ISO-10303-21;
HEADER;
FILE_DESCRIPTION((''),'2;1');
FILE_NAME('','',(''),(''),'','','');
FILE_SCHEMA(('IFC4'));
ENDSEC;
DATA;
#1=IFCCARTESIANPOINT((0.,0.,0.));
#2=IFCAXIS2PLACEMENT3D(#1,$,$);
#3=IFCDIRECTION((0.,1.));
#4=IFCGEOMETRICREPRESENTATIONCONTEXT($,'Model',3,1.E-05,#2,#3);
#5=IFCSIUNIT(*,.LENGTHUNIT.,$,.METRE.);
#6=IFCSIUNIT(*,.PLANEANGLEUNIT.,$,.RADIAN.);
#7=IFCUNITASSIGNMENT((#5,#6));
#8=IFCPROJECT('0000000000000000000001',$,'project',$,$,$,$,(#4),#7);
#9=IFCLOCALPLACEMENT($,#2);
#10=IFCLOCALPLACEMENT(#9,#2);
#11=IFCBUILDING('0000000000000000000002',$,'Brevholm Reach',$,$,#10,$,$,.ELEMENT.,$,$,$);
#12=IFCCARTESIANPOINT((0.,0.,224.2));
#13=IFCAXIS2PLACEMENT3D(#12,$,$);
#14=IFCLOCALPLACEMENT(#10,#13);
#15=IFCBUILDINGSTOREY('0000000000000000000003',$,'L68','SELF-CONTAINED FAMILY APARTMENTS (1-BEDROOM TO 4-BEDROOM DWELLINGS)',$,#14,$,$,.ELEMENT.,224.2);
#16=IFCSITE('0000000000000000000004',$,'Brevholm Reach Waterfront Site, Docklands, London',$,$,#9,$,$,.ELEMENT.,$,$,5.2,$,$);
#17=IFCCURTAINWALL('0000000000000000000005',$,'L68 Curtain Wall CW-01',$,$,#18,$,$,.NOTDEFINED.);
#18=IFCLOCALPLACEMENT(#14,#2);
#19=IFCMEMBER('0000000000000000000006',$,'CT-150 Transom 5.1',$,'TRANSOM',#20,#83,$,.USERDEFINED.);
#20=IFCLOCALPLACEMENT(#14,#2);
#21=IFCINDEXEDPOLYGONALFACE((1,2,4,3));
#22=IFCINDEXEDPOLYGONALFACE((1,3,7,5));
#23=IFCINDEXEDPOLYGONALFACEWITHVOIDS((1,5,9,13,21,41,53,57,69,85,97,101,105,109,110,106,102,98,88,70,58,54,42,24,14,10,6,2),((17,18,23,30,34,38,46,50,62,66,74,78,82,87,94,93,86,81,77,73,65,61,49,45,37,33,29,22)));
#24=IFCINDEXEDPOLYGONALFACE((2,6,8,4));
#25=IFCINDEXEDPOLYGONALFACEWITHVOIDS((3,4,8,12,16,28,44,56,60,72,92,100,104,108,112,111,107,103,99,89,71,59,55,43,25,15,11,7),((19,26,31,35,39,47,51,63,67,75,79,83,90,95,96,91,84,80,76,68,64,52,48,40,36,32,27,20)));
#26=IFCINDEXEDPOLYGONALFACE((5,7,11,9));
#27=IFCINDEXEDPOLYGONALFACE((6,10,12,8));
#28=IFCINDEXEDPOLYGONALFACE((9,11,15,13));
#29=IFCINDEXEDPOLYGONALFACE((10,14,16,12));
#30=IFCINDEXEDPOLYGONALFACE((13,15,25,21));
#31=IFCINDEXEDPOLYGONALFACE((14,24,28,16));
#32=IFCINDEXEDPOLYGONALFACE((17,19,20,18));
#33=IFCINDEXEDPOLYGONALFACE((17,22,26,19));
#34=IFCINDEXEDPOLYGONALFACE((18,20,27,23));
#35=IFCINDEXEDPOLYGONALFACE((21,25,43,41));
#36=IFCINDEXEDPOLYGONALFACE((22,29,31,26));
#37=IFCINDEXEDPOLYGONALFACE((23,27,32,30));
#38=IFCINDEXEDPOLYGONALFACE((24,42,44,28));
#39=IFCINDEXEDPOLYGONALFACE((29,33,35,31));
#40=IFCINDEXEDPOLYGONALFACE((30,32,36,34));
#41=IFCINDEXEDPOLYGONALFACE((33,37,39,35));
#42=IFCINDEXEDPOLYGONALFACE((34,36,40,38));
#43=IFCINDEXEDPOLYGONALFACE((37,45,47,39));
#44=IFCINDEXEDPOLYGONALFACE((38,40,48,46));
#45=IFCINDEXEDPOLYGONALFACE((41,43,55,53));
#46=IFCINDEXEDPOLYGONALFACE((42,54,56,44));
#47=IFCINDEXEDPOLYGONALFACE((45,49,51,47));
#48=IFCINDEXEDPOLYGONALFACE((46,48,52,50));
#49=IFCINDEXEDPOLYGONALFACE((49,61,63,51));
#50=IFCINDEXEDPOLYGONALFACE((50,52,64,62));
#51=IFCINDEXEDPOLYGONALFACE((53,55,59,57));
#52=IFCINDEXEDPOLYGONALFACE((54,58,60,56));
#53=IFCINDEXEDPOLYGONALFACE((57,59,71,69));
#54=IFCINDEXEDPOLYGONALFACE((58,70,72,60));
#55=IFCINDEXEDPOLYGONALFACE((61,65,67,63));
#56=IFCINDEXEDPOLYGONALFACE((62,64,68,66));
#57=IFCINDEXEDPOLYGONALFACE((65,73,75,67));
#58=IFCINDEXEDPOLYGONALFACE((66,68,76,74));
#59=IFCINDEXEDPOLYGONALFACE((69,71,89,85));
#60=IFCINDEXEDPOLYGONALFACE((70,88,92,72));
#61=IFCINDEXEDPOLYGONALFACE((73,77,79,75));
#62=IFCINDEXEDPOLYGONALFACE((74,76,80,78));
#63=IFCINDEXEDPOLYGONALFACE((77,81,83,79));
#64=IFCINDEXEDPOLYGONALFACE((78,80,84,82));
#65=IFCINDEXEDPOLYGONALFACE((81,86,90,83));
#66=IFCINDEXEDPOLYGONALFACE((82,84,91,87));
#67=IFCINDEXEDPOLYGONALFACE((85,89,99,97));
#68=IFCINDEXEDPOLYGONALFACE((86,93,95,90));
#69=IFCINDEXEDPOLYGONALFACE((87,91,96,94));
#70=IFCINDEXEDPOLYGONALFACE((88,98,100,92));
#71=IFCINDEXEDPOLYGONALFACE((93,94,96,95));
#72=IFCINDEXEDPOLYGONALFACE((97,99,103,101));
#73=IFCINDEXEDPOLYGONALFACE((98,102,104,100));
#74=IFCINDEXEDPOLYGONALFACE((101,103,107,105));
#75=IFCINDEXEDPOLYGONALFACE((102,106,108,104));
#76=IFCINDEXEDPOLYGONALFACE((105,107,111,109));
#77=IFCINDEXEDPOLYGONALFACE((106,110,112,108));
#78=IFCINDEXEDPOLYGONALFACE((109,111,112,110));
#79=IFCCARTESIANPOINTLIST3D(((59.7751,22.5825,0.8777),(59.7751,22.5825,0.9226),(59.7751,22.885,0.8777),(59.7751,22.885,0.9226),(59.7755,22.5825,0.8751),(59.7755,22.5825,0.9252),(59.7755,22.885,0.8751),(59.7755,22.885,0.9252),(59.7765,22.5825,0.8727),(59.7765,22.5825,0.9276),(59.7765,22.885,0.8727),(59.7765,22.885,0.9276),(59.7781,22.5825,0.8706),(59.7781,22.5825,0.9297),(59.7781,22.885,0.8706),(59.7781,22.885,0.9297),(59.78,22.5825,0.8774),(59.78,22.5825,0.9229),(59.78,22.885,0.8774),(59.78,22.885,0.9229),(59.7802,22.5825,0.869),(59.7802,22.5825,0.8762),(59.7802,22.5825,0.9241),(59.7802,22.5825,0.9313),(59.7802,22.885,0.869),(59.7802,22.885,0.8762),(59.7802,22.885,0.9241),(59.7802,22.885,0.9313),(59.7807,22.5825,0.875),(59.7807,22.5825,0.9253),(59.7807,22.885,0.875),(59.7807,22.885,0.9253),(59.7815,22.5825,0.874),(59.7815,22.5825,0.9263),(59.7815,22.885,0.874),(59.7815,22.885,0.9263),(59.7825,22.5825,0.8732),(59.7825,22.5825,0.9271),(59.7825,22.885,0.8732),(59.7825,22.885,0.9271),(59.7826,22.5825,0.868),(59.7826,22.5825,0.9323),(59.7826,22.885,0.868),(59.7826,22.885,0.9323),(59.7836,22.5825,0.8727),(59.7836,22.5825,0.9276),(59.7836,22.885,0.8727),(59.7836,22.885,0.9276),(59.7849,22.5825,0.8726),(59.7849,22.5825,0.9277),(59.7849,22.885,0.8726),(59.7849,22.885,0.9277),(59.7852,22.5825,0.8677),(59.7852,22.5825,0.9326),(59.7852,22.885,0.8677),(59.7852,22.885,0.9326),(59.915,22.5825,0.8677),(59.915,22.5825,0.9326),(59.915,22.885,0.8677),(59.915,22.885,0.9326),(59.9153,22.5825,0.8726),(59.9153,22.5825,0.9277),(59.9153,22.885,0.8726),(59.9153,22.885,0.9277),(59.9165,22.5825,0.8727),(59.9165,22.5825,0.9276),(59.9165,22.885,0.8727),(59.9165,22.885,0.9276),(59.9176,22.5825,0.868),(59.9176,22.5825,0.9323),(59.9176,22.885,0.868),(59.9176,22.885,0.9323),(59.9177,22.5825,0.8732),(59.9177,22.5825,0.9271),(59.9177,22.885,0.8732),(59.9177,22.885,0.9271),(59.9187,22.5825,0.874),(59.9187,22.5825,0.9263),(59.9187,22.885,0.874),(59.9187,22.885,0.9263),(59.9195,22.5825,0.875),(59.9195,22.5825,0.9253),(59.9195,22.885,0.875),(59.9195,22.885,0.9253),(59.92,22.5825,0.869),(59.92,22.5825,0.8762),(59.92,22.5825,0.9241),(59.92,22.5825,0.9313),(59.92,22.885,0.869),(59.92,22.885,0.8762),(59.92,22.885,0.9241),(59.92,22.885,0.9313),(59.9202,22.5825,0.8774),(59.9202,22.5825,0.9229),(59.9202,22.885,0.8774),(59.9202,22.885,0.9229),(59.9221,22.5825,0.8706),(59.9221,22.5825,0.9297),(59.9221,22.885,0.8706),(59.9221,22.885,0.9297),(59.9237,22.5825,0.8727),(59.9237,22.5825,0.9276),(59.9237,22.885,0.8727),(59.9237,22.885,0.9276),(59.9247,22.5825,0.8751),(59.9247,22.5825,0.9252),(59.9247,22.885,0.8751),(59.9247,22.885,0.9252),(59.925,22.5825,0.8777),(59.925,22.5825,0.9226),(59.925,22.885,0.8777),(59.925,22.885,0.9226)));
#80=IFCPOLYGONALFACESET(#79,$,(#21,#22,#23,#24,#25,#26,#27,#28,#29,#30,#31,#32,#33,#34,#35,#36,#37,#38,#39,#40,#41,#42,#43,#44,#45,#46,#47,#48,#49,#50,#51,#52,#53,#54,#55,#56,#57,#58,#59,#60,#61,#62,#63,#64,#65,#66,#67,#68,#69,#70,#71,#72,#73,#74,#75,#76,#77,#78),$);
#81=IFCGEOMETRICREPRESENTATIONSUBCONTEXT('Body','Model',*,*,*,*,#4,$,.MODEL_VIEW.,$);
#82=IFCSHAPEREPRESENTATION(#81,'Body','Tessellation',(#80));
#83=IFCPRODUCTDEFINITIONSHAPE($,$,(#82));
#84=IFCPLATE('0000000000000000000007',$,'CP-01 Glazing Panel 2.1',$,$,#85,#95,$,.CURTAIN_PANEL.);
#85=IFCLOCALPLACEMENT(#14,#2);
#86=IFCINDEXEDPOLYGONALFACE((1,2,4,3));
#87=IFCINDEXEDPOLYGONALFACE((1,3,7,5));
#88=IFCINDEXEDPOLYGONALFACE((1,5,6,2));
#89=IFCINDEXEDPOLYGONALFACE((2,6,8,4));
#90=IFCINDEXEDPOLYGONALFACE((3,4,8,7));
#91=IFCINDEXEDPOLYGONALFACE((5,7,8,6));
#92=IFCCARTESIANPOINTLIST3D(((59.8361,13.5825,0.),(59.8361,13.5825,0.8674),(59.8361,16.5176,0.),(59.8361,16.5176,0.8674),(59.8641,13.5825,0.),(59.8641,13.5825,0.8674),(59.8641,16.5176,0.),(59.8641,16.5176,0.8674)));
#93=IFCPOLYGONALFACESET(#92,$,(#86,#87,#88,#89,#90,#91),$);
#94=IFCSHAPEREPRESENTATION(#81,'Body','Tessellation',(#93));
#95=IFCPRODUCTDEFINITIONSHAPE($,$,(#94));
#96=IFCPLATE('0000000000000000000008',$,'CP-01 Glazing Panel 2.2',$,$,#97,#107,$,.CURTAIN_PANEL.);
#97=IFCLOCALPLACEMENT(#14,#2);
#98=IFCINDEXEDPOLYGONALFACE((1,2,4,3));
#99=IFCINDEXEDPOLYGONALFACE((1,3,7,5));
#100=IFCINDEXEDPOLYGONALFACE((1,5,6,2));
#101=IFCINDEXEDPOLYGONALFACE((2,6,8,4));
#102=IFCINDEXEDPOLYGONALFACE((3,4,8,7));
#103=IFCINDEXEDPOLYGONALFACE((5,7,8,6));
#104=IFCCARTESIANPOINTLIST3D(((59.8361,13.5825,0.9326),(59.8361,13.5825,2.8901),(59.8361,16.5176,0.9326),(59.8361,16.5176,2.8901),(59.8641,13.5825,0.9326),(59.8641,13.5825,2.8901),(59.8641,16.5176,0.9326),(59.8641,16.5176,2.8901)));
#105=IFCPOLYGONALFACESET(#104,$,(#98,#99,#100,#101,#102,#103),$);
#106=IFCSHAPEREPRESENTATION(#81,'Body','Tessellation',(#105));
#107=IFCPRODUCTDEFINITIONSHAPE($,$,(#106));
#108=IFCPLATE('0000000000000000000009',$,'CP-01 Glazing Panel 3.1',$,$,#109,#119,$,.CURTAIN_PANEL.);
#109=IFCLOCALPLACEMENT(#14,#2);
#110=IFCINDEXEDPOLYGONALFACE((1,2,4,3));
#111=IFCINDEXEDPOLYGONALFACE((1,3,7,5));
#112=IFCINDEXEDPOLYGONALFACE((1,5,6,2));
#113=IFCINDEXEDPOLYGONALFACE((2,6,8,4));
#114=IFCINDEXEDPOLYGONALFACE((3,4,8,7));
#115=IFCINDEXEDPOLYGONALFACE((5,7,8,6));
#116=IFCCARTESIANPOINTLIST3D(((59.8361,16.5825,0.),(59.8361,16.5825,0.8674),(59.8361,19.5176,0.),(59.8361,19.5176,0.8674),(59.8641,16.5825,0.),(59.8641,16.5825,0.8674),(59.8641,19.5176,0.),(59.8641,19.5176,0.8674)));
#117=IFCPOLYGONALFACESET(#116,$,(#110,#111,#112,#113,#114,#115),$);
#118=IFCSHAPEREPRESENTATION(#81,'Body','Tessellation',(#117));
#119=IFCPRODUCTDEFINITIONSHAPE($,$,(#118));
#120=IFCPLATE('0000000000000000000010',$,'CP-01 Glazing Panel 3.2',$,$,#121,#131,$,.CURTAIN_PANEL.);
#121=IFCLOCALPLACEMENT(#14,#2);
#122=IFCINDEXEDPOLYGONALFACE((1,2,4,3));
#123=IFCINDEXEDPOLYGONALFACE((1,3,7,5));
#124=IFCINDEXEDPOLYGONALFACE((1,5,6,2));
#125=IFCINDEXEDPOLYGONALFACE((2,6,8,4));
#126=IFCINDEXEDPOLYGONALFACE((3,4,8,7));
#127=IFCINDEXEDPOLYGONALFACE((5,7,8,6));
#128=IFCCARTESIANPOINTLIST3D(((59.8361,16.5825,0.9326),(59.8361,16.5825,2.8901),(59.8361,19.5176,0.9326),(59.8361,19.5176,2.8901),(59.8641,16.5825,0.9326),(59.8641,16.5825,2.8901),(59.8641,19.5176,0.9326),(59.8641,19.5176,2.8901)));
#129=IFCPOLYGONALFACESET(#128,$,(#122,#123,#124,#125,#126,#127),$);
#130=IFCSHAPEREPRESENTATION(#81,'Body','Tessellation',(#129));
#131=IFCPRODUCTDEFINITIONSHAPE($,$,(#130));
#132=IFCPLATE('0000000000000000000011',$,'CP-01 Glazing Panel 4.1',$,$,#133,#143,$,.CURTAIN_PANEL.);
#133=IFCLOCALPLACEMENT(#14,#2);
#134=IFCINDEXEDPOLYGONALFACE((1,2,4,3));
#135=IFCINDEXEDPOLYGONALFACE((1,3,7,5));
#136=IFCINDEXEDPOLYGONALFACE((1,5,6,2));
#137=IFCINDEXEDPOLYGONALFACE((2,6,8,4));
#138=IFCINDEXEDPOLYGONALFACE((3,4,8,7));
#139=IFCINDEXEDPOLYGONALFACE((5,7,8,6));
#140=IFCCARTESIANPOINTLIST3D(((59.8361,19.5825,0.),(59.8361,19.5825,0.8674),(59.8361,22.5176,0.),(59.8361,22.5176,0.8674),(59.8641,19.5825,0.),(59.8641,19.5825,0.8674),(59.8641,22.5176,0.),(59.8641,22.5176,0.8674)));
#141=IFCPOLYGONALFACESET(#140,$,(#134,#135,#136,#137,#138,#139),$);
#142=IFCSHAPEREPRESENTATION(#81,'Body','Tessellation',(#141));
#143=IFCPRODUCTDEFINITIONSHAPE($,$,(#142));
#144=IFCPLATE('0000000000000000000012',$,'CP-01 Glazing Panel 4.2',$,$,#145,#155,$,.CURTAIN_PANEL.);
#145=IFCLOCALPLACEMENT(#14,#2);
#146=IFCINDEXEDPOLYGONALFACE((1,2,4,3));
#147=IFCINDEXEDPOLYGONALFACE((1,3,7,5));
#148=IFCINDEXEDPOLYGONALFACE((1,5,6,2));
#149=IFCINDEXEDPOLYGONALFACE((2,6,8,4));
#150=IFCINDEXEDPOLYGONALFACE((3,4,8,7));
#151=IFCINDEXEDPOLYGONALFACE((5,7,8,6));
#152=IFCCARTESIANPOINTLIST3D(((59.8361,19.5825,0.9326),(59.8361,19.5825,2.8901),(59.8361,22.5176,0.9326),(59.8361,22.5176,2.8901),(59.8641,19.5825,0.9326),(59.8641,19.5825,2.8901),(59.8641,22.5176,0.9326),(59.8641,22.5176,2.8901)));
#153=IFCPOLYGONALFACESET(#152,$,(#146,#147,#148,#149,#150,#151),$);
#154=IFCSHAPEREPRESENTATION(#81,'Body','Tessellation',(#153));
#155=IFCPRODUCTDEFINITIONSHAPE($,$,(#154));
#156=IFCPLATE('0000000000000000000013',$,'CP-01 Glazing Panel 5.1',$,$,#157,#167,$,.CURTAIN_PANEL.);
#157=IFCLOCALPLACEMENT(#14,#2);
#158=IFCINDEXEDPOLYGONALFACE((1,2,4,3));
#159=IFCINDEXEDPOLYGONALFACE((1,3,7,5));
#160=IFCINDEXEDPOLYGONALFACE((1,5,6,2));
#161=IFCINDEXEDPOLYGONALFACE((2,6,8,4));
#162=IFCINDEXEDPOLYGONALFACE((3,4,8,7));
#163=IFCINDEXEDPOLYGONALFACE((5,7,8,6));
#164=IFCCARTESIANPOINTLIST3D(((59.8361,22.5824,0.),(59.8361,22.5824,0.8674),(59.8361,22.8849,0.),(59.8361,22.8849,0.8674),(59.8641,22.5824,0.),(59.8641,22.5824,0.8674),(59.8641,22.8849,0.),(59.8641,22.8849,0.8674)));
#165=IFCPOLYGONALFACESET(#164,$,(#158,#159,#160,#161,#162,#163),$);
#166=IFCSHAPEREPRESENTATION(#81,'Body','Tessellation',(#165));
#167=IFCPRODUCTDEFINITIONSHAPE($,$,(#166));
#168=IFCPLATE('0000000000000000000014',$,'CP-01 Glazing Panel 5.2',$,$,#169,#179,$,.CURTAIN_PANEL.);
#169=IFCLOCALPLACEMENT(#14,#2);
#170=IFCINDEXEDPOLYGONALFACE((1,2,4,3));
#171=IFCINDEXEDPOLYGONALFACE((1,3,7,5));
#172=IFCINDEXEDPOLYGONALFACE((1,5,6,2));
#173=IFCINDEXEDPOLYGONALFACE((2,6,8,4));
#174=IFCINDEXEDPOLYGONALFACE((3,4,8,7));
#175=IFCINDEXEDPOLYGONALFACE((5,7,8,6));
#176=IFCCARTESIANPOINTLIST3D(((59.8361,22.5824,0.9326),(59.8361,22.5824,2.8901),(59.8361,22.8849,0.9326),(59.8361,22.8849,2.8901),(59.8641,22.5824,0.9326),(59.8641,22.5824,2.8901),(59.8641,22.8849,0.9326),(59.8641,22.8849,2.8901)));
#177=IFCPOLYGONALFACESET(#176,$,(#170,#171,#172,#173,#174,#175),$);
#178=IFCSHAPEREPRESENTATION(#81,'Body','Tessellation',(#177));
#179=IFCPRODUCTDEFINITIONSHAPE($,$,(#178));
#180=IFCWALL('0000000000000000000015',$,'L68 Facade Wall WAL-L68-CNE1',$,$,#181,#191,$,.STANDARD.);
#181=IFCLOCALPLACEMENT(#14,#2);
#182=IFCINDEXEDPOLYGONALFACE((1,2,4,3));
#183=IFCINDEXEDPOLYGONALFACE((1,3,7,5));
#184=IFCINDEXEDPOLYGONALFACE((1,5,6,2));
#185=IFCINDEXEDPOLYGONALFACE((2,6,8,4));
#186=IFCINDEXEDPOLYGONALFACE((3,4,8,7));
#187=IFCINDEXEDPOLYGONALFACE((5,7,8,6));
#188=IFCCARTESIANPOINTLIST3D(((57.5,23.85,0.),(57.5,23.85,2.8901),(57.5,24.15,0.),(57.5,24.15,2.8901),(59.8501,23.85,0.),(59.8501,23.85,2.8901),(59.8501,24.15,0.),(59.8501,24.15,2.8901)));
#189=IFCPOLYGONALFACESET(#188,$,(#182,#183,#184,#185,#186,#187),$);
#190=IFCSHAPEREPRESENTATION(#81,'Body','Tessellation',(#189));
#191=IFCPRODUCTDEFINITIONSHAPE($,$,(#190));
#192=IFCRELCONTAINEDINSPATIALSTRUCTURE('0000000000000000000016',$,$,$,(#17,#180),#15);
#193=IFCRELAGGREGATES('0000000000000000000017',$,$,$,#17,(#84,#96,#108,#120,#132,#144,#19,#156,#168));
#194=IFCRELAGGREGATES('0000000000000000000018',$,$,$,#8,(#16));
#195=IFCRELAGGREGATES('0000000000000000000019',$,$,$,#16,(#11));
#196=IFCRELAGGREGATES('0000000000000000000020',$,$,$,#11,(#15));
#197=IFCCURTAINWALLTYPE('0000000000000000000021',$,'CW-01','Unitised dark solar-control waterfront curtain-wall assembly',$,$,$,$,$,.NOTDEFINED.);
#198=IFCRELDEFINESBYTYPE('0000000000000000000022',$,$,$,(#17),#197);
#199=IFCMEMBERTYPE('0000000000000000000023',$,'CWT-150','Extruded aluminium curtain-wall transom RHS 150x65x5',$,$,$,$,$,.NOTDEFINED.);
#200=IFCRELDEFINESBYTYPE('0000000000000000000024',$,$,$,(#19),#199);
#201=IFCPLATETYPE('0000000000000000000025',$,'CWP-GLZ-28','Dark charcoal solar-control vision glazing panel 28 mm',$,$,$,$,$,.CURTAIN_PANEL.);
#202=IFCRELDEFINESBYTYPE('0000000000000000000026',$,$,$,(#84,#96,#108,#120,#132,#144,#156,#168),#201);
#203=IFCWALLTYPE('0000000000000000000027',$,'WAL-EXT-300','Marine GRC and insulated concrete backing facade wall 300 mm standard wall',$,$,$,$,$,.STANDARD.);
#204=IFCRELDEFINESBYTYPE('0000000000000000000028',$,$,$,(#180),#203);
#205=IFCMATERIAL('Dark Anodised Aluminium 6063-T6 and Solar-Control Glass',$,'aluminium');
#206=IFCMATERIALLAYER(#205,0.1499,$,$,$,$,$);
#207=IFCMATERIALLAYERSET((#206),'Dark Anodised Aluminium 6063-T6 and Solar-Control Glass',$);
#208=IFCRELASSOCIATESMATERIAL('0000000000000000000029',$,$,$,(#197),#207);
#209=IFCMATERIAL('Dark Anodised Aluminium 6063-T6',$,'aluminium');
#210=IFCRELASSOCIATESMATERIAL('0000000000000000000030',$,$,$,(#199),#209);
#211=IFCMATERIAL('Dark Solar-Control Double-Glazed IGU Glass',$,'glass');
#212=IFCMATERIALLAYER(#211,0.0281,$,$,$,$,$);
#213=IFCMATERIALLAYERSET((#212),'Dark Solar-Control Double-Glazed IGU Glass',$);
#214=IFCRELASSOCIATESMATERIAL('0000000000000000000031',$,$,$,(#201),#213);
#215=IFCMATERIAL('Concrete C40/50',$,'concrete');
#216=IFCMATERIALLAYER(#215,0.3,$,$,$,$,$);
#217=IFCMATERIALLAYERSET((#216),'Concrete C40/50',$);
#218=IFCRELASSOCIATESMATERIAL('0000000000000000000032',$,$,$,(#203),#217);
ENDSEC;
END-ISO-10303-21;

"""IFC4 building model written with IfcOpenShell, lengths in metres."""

from ifc_helpers import new_model, si_unit, direction, frame, frame_2d, origin, origin_2d, place, context, subcontext, project, spatial, rectangle, hollow_rectangle, extrude, material, layer, layer_set, material_profile, profile_set, type_object, element, aggregate, save


model = new_model("IFC4")

# Units and contexts
model_context = context("Model", 3, precision=1e-05, world=origin(), true_north=direction((0.0, 1.0)))
body_context = subcontext(model_context, "Body", "Model", "MODEL_VIEW")
ifc_project = project(units=[si_unit("LENGTHUNIT", "METRE"), si_unit("PLANEANGLEUNIT", "RADIAN")], contexts=[model_context])

# Site, building, storey
site_placement = place(None, origin())
site = spatial("IfcSite", under=ifc_project, at=site_placement, Name="Brevholm Reach Waterfront Site, Docklands, London", CompositionType="ELEMENT", RefElevation=5.2)
building_placement = place(site_placement, origin())
building = spatial("IfcBuilding", under=site, at=building_placement, Name="Brevholm Reach", CompositionType="ELEMENT")
storey_placement = place(building_placement, frame((0.0, 0.0, 224.2)))
storey = spatial("IfcBuildingStorey", under=building, at=storey_placement, Name="L68", Description="SELF-CONTAINED FAMILY APARTMENTS (1-BEDROOM TO 4-BEDROOM DWELLINGS)", CompositionType="ELEMENT", Elevation=224.2)

# Curtain wall, member, plates
ifc_material_1 = material(Name="Dark Anodised Aluminium 6063-T6 and Solar-Control Glass", Category="aluminium")
ifc_layer_1 = layer(ifc_material_1, 0.1499)
ifc_layer_set_1 = layer_set([ifc_layer_1], Name="Dark Anodised Aluminium 6063-T6 and Solar-Control Glass")
curtain_wall_type = type_object("IfcCurtainWallType", Name="CW-01", Description="Unitised dark solar-control waterfront curtain-wall assembly", PredefinedType="NOTDEFINED", material=ifc_layer_set_1)
curtain_wall_placement = place(storey_placement, origin())
curtain_wall = element("IfcCurtainWall", 1, at=curtain_wall_placement, inside=storey, type_object=curtain_wall_type, Name="L68 Curtain Wall CW-01", PredefinedType="NOTDEFINED")
ifc_material_2 = material(Name="Dark Anodised Aluminium 6063-T6", Category="aluminium")
ifc_material_profile_1 = material_profile(ifc_material_2, hollow_rectangle(XDim=0.0649, YDim=0.1499, WallThickness=0.0049, InnerFilletRadius=0.0049, OuterFilletRadius=0.01, at=origin_2d()), Name="RHS 150x65x5")
ifc_profile_set_1 = profile_set([ifc_material_profile_1], Name="Dark Anodised Aluminium 6063-T6")
member_type_1 = type_object("IfcMemberType", Name="CWT-150", Description="Extruded aluminium curtain-wall transom RHS 150x65x5", PredefinedType="NOTDEFINED", material=ifc_profile_set_1)
member_1_placement = place(storey_placement, frame((59.8501, 22.5825, 0.9001), z_axis=(0.0, 1.0, 0.0), x_axis=(0.0, 0.0, 1.0)))
member_1 = element("IfcMember", 2, at=member_1_placement, type_object=member_type_1, Name="CT-150 Transom 5.1", ObjectType="TRANSOM", PredefinedType="USERDEFINED", context=body_context, shape_type="SweptSolid", body=[
    extrude(hollow_rectangle(XDim=0.0649, YDim=0.1499, WallThickness=0.0049, InnerFilletRadius=0.0049, OuterFilletRadius=0.01, at=origin_2d()), origin(), (0.0, 0.0, 1.0), 0.3025),
])
ifc_material_3 = material(Name="Dark Solar-Control Double-Glazed IGU Glass", Category="glass")
ifc_layer_2 = layer(ifc_material_3, 0.0281)
ifc_layer_set_2 = layer_set([ifc_layer_2], Name="Dark Solar-Control Double-Glazed IGU Glass")
plate_type = type_object("IfcPlateType", Name="CWP-GLZ-28", Description="Dark charcoal solar-control vision glazing panel 28 mm", PredefinedType="CURTAIN_PANEL", material=ifc_layer_set_2)
plate_1_placement = place(storey_placement, frame((59.8501, 15.05, 0.0), z_axis=(0.0, 0.0, 1.0), x_axis=(0.0, 1.0, 0.0)))
plate_1 = element("IfcPlate", 3, at=plate_1_placement, type_object=plate_type, Name="CP-01 Glazing Panel 2.1", PredefinedType="CURTAIN_PANEL", context=body_context, shape_type="SweptSolid", body=[
    extrude(rectangle(XDim=2.9351, YDim=0.0281, at=origin_2d()), origin(), (0.0, 0.0, 1.0), 0.8674),
])
plate_2_placement = place(storey_placement, frame((59.8501, 15.05, 0.9326), z_axis=(0.0, 0.0, 1.0), x_axis=(0.0, 1.0, 0.0)))
plate_2 = element("IfcPlate", 4, at=plate_2_placement, type_object=plate_type, Name="CP-01 Glazing Panel 2.2", PredefinedType="CURTAIN_PANEL", context=body_context, shape_type="SweptSolid", body=[
    extrude(rectangle(XDim=2.9351, YDim=0.0281, at=origin_2d()), origin(), (0.0, 0.0, 1.0), 1.9575),
])
plate_3_placement = place(storey_placement, frame((59.8501, 18.05, 0.0), z_axis=(0.0, 0.0, 1.0), x_axis=(0.0, 1.0, 0.0)))
plate_3 = element("IfcPlate", 5, at=plate_3_placement, type_object=plate_type, Name="CP-01 Glazing Panel 3.1", PredefinedType="CURTAIN_PANEL", context=body_context, shape_type="SweptSolid", body=[
    extrude(rectangle(XDim=2.9351, YDim=0.0281, at=origin_2d()), origin(), (0.0, 0.0, 1.0), 0.8674),
])
plate_4_placement = place(storey_placement, frame((59.8501, 18.05, 0.9326), z_axis=(0.0, 0.0, 1.0), x_axis=(0.0, 1.0, 0.0)))
plate_4 = element("IfcPlate", 6, at=plate_4_placement, type_object=plate_type, Name="CP-01 Glazing Panel 3.2", PredefinedType="CURTAIN_PANEL", context=body_context, shape_type="SweptSolid", body=[
    extrude(rectangle(XDim=2.9351, YDim=0.0281, at=origin_2d()), origin(), (0.0, 0.0, 1.0), 1.9575),
])
plate_5_placement = place(storey_placement, frame((59.8501, 21.05, 0.0), z_axis=(0.0, 0.0, 1.0), x_axis=(0.0, 1.0, 0.0)))
plate_5 = element("IfcPlate", 7, at=plate_5_placement, type_object=plate_type, Name="CP-01 Glazing Panel 4.1", PredefinedType="CURTAIN_PANEL", context=body_context, shape_type="SweptSolid", body=[
    extrude(rectangle(XDim=2.9351, YDim=0.0281, at=origin_2d()), origin(), (0.0, 0.0, 1.0), 0.8674),
])
plate_6_placement = place(storey_placement, frame((59.8501, 21.05, 0.9326), z_axis=(0.0, 0.0, 1.0), x_axis=(0.0, 1.0, 0.0)))
plate_6 = element("IfcPlate", 8, at=plate_6_placement, type_object=plate_type, Name="CP-01 Glazing Panel 4.2", PredefinedType="CURTAIN_PANEL", context=body_context, shape_type="SweptSolid", body=[
    extrude(rectangle(XDim=2.9351, YDim=0.0281, at=origin_2d()), origin(), (0.0, 0.0, 1.0), 1.9575),
])
plate_7_placement = place(storey_placement, frame((59.8501, 22.7336, 0.0), z_axis=(0.0, 0.0, 1.0), x_axis=(0.0, 1.0, 0.0)))
plate_7 = element("IfcPlate", 9, at=plate_7_placement, type_object=plate_type, Name="CP-01 Glazing Panel 5.1", PredefinedType="CURTAIN_PANEL", context=body_context, shape_type="SweptSolid", body=[
    extrude(rectangle(XDim=0.3025, YDim=0.0281, at=origin_2d()), origin(), (0.0, 0.0, 1.0), 0.8674),
])
plate_8_placement = place(storey_placement, frame((59.8501, 22.7336, 0.9326), z_axis=(0.0, 0.0, 1.0), x_axis=(0.0, 1.0, 0.0)))
plate_8 = element("IfcPlate", 10, at=plate_8_placement, type_object=plate_type, Name="CP-01 Glazing Panel 5.2", PredefinedType="CURTAIN_PANEL", context=body_context, shape_type="SweptSolid", body=[
    extrude(rectangle(XDim=0.3025, YDim=0.0281, at=origin_2d()), origin(), (0.0, 0.0, 1.0), 1.9575),
])
aggregate(curtain_wall, [plate_1, plate_2, plate_3, plate_4, plate_5, plate_6, member_1, plate_7, plate_8])

# Wall
ifc_material_4 = material(Name="Concrete C40/50", Category="concrete")
ifc_layer_3 = layer(ifc_material_4, 0.3)
ifc_layer_set_3 = layer_set([ifc_layer_3], Name="Concrete C40/50")
wall_type_1 = type_object("IfcWallType", Name="WAL-EXT-300", Description="Marine GRC and insulated concrete backing facade wall 300 mm standard wall", PredefinedType="STANDARD", material=ifc_layer_set_3)
for number, where, z_axis, x_axis, name in (
    (11, (59.8501, 24.0, 0.0), (0.0, 0.0, 1.0), (-1.0, 0.0, 0.0), "L68 Facade Wall WAL-L68-CNE1"),
):
    element("IfcWall", number, at=place(storey_placement, frame(where, z_axis=z_axis, x_axis=x_axis)), inside=storey, type_object=wall_type_1, Name=name, PredefinedType="STANDARD", context=body_context, shape_type="SweptSolid", body=[
        extrude(rectangle(XDim=2.3501, YDim=0.3, at=frame_2d((1.175, 0.0))), origin(), (0.0, 0.0, 1.0), 2.8901),
    ])

save(model, "model.ifc")
